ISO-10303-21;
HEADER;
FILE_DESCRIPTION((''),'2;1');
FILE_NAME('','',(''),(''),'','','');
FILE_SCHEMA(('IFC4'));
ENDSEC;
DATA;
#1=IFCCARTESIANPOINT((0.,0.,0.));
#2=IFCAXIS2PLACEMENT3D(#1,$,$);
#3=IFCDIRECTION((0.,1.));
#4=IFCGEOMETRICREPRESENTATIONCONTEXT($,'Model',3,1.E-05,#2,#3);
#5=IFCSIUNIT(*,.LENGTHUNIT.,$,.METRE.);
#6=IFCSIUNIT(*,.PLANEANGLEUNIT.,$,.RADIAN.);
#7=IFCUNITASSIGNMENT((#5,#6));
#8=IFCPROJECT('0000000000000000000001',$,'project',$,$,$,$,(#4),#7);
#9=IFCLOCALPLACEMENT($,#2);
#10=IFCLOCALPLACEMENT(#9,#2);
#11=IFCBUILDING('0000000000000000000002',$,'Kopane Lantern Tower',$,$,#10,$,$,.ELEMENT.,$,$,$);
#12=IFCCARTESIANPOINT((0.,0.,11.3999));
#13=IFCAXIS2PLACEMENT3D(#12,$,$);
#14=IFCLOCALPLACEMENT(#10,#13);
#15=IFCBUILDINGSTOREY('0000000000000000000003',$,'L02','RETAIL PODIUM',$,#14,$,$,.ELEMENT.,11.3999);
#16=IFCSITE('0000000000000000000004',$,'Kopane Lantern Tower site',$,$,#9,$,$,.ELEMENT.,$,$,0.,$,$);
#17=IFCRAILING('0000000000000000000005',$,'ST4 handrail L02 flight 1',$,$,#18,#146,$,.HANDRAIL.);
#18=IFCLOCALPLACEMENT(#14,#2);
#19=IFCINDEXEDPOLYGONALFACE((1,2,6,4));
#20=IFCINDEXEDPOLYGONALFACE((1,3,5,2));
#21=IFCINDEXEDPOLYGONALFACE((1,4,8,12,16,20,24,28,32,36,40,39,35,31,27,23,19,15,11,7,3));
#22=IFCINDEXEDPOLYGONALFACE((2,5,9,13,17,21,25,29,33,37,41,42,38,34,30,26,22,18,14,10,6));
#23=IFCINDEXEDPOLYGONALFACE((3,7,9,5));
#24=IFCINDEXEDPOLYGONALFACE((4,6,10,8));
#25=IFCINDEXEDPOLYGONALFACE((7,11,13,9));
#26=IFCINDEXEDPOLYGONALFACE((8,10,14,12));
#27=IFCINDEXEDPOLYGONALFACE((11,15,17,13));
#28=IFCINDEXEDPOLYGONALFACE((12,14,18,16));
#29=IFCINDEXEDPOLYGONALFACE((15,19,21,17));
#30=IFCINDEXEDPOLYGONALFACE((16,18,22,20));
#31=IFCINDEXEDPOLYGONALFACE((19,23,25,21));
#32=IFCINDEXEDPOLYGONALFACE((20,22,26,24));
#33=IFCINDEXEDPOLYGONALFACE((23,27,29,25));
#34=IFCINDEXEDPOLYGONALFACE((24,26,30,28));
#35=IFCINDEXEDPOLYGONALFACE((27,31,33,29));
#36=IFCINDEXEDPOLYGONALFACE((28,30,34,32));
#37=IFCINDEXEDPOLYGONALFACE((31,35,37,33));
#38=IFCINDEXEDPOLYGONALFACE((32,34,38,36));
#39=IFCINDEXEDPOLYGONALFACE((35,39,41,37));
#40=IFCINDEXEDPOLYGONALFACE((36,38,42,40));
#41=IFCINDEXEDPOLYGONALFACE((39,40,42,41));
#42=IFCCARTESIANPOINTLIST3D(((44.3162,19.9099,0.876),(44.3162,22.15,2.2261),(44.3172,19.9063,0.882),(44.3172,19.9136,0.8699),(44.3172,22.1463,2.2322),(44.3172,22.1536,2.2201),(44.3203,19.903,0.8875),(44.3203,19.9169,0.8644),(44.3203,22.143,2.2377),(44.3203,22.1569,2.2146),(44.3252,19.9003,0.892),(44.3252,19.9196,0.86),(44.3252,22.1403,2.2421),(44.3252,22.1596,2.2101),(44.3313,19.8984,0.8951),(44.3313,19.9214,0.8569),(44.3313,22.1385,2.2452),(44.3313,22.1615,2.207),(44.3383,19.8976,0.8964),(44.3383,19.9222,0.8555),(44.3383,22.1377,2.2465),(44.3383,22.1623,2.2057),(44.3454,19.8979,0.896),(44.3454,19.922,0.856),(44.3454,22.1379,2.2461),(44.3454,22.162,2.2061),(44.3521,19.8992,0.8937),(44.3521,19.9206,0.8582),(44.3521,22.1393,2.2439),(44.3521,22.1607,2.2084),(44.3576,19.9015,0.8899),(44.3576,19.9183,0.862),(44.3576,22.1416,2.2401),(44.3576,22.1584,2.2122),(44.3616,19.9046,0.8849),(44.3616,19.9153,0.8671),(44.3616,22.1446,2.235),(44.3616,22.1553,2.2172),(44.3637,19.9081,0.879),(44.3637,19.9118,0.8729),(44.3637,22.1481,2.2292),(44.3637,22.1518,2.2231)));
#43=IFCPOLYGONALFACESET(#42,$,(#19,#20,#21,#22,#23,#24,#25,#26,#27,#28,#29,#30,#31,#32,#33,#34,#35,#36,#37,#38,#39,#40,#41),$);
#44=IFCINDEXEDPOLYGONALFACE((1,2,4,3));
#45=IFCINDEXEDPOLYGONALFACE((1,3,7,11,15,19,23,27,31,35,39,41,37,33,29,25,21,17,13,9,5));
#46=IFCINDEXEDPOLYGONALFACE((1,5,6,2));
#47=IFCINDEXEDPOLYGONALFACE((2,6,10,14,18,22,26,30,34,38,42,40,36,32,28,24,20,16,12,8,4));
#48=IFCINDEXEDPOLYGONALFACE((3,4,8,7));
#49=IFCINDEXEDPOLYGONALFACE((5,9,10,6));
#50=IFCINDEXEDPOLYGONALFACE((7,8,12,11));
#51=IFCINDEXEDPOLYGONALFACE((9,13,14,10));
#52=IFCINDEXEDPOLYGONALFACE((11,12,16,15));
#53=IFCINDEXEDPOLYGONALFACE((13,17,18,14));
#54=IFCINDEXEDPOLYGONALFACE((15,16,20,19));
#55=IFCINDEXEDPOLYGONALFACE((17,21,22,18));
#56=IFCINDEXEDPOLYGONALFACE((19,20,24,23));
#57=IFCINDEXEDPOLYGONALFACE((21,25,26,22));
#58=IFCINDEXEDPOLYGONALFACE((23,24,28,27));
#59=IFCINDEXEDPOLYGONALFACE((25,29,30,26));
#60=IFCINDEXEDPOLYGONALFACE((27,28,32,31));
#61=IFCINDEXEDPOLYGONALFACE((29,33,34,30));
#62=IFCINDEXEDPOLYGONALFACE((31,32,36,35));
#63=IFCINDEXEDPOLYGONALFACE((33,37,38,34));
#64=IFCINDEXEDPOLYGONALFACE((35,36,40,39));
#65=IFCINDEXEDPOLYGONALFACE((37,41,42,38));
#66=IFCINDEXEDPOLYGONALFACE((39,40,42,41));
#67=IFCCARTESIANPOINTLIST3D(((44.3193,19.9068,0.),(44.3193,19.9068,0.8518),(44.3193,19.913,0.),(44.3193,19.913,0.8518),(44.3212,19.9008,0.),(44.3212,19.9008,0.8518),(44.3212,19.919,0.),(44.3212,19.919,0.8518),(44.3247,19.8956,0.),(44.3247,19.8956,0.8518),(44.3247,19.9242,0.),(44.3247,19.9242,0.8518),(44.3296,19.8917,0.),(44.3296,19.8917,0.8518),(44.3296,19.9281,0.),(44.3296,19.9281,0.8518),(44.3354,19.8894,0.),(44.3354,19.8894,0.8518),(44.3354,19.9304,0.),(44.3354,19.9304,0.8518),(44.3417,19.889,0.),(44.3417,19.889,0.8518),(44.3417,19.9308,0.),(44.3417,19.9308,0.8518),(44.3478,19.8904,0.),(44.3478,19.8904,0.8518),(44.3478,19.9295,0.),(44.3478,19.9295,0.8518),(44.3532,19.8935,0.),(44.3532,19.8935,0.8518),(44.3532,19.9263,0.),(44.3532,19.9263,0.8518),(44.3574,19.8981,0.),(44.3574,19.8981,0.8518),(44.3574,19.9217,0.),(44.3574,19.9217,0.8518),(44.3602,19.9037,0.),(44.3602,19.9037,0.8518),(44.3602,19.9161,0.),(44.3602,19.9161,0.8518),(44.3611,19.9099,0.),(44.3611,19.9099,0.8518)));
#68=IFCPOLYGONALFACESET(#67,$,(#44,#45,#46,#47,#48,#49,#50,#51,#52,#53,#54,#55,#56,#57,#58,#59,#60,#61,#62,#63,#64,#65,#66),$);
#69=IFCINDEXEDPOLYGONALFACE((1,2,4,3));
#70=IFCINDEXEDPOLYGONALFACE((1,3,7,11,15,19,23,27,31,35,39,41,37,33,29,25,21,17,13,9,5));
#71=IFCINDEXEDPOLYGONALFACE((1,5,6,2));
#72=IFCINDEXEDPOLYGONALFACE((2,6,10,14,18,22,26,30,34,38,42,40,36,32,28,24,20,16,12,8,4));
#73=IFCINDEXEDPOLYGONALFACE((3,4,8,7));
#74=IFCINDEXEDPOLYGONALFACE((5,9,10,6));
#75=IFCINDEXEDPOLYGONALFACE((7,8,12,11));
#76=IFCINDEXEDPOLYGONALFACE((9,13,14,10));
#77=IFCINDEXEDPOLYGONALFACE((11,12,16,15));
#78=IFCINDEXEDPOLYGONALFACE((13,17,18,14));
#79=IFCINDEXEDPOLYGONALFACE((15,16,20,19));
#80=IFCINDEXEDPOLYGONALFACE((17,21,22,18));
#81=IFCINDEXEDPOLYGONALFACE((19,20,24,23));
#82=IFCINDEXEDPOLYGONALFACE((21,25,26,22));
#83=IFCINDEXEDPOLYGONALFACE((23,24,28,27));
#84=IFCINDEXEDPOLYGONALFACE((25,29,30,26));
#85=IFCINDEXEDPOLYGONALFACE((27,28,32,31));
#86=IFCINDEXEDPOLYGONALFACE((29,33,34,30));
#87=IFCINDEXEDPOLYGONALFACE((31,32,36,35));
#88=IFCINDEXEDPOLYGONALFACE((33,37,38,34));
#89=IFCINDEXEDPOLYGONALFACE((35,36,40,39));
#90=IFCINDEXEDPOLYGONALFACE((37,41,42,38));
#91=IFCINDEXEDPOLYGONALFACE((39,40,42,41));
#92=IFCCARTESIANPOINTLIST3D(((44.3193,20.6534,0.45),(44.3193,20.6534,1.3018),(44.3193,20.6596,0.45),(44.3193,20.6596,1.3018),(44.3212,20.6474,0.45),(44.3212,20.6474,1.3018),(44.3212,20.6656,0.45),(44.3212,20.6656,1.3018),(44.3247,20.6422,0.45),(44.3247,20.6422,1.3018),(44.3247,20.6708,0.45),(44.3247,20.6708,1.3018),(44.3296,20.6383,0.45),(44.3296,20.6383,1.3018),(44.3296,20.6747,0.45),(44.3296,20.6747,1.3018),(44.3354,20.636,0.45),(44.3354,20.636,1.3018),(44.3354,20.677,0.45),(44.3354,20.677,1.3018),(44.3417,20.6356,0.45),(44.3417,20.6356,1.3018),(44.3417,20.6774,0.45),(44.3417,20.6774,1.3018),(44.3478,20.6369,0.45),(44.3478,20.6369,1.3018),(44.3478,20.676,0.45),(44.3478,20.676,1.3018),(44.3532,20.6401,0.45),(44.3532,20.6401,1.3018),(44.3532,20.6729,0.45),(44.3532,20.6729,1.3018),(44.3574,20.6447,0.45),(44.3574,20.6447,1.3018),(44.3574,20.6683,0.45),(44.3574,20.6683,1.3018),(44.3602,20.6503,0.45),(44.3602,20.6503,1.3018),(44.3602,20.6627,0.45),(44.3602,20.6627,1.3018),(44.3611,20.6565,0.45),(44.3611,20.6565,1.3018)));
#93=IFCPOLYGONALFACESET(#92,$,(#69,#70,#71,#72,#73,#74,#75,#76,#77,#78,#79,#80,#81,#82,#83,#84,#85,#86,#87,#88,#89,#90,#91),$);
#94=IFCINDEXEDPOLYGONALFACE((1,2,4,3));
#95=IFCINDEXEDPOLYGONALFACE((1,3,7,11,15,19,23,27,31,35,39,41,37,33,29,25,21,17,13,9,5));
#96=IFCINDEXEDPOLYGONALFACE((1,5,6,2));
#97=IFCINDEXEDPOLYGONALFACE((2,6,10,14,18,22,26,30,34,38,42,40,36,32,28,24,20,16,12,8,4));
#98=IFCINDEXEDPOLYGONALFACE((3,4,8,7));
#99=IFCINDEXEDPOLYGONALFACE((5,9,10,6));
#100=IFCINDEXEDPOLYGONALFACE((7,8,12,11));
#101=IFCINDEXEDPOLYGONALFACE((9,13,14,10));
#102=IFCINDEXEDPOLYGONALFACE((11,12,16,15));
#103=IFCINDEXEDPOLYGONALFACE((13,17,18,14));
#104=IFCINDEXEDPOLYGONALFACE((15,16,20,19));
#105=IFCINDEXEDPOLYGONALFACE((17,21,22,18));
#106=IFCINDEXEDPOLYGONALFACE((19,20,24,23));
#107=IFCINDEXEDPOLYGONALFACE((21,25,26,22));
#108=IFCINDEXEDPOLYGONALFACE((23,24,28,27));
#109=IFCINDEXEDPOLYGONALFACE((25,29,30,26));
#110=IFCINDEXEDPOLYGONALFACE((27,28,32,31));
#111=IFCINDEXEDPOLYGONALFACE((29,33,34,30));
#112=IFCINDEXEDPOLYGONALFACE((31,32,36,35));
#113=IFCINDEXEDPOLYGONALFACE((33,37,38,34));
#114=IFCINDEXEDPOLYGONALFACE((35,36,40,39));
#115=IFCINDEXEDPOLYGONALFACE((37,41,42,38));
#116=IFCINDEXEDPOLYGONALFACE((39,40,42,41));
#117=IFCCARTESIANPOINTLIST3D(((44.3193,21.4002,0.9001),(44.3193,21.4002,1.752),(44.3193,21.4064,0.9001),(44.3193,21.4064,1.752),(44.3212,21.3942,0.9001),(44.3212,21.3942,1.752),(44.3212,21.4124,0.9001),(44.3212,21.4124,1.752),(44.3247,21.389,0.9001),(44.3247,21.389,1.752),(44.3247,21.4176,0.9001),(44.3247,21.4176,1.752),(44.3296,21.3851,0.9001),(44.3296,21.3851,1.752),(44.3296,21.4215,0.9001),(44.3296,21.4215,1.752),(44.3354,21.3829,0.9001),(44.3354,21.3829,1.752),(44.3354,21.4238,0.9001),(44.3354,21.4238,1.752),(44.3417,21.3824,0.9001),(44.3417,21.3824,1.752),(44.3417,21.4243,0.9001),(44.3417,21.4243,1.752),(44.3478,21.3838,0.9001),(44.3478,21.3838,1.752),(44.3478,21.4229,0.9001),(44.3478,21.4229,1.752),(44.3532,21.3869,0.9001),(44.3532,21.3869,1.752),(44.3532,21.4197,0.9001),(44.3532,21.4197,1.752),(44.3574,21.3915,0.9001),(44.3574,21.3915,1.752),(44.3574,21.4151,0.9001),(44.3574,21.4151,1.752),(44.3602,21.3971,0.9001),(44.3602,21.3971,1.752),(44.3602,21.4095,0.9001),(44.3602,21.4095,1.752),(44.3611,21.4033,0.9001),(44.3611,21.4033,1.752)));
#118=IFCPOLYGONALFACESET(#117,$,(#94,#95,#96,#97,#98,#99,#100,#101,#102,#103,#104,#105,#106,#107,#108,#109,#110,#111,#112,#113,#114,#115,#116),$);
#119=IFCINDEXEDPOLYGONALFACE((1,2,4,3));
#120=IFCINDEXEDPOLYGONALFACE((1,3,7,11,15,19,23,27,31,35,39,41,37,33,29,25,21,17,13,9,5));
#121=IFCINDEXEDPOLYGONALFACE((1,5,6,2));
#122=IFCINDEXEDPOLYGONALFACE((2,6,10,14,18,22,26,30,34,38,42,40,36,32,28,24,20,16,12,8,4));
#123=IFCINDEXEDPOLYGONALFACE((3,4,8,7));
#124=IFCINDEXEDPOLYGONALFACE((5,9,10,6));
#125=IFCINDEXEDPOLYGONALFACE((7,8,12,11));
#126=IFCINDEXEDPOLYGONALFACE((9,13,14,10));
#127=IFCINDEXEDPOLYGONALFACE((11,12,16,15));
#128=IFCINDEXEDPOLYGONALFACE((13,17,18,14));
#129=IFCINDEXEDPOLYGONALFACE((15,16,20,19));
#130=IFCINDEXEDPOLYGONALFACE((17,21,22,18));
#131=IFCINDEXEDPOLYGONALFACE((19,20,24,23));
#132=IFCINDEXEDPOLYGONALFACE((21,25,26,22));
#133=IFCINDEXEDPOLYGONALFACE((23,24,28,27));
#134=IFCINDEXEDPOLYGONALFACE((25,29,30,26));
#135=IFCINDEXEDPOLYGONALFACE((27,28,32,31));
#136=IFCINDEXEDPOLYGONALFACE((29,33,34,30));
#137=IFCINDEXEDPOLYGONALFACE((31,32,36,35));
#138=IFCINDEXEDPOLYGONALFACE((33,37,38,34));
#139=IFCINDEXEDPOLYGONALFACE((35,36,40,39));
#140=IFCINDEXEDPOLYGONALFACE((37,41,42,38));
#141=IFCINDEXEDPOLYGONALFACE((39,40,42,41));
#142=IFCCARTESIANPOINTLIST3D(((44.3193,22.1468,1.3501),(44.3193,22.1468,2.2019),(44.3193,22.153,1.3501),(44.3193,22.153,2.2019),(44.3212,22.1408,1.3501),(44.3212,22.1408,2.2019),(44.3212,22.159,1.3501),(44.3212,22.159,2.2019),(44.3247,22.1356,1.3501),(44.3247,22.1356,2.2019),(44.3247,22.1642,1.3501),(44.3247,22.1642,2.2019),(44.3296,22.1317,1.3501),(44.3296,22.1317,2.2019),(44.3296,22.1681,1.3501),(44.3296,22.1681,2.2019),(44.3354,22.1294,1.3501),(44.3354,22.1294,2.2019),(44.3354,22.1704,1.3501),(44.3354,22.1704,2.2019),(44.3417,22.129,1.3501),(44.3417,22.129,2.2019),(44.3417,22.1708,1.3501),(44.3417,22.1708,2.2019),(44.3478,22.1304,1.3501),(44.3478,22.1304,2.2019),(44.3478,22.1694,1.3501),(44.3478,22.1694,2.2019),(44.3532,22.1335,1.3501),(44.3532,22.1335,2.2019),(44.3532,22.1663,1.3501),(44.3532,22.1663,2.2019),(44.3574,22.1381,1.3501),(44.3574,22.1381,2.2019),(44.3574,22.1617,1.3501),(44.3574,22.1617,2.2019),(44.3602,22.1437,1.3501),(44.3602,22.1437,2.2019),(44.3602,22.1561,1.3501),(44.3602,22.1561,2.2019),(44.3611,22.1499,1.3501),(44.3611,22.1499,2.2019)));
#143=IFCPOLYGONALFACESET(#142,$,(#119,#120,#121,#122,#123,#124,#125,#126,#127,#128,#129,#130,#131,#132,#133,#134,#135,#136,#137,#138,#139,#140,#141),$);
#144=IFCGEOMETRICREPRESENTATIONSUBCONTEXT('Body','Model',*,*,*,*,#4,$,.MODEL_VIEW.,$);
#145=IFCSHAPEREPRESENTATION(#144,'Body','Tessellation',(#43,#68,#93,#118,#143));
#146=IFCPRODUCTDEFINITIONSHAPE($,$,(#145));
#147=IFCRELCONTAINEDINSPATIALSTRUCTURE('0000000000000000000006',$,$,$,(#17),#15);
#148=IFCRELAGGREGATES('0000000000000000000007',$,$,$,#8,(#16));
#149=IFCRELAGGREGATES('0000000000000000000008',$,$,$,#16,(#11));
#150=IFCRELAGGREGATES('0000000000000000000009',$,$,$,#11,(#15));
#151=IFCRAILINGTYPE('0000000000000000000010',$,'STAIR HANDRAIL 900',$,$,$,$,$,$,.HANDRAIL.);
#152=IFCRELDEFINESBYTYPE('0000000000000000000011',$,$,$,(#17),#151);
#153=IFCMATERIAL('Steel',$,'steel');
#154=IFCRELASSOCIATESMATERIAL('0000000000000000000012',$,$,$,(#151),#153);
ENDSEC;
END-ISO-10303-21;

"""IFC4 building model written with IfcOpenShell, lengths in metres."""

from ifc_helpers import new_model, si_unit, direction, frame, origin, origin_2d, place, context, subcontext, project, spatial, circle, extrude, material, type_object, element, save


model = new_model("IFC4")

# Units and contexts
model_context = context("Model", 3, precision=1e-05, world=origin(), true_north=direction((0.0, 1.0)))
body_context = subcontext(model_context, "Body", "Model", "MODEL_VIEW")
ifc_project = project(units=[si_unit("LENGTHUNIT", "METRE"), si_unit("PLANEANGLEUNIT", "RADIAN")], contexts=[model_context])

# Site, building, storey
site_placement = place(None, origin())
site = spatial("IfcSite", under=ifc_project, at=site_placement, Name="Kopane Lantern Tower site", CompositionType="ELEMENT", RefElevation=0.0)
building_placement = place(site_placement, origin())
building = spatial("IfcBuilding", under=site, at=building_placement, Name="Kopane Lantern Tower", CompositionType="ELEMENT")
storey_placement = place(building_placement, frame((0.0, 0.0, 11.3999)))
storey = spatial("IfcBuildingStorey", under=building, at=storey_placement, Name="L02", Description="RETAIL PODIUM", CompositionType="ELEMENT", Elevation=11.3999)

# Railing
ifc_material_1 = material(Name="Steel", Category="steel")
railing_type_1 = type_object("IfcRailingType", Name="STAIR HANDRAIL 900", PredefinedType="HANDRAIL", material=ifc_material_1)
for number, where, name in (
    (1, (44.3401, 19.9099, 0.0), "ST4 handrail L02 flight 1"),
):
    element("IfcRailing", number, at=place(storey_placement, frame(where)), inside=storey, type_object=railing_type_1, Name=name, PredefinedType="HANDRAIL", context=body_context, shape_type="SweptSolid", body=[
        extrude(circle(Radius=0.0239, at=origin_2d()), frame((0.0, 0.0, 0.876), z_axis=(0.0, 0.856462, 0.516211), x_axis=(-1.0, 0.0, 0.0)), (0.0, 0.0, 1.0), 2.6155),
        extrude(circle(Radius=0.021, at=origin_2d()), origin(), (0.0, 0.0, 1.0), 0.8518),
        extrude(circle(Radius=0.021, at=origin_2d()), frame((0.0, 0.7466, 0.45)), (0.0, 0.0, 1.0), 0.8518),
        extrude(circle(Radius=0.021, at=origin_2d()), frame((0.0, 1.4934, 0.9001)), (0.0, 0.0, 1.0), 0.8518),
        extrude(circle(Radius=0.021, at=origin_2d()), frame((0.0, 2.24, 1.3501)), (0.0, 0.0, 1.0), 0.8518),
    ])

save(model, "model.ifc")
